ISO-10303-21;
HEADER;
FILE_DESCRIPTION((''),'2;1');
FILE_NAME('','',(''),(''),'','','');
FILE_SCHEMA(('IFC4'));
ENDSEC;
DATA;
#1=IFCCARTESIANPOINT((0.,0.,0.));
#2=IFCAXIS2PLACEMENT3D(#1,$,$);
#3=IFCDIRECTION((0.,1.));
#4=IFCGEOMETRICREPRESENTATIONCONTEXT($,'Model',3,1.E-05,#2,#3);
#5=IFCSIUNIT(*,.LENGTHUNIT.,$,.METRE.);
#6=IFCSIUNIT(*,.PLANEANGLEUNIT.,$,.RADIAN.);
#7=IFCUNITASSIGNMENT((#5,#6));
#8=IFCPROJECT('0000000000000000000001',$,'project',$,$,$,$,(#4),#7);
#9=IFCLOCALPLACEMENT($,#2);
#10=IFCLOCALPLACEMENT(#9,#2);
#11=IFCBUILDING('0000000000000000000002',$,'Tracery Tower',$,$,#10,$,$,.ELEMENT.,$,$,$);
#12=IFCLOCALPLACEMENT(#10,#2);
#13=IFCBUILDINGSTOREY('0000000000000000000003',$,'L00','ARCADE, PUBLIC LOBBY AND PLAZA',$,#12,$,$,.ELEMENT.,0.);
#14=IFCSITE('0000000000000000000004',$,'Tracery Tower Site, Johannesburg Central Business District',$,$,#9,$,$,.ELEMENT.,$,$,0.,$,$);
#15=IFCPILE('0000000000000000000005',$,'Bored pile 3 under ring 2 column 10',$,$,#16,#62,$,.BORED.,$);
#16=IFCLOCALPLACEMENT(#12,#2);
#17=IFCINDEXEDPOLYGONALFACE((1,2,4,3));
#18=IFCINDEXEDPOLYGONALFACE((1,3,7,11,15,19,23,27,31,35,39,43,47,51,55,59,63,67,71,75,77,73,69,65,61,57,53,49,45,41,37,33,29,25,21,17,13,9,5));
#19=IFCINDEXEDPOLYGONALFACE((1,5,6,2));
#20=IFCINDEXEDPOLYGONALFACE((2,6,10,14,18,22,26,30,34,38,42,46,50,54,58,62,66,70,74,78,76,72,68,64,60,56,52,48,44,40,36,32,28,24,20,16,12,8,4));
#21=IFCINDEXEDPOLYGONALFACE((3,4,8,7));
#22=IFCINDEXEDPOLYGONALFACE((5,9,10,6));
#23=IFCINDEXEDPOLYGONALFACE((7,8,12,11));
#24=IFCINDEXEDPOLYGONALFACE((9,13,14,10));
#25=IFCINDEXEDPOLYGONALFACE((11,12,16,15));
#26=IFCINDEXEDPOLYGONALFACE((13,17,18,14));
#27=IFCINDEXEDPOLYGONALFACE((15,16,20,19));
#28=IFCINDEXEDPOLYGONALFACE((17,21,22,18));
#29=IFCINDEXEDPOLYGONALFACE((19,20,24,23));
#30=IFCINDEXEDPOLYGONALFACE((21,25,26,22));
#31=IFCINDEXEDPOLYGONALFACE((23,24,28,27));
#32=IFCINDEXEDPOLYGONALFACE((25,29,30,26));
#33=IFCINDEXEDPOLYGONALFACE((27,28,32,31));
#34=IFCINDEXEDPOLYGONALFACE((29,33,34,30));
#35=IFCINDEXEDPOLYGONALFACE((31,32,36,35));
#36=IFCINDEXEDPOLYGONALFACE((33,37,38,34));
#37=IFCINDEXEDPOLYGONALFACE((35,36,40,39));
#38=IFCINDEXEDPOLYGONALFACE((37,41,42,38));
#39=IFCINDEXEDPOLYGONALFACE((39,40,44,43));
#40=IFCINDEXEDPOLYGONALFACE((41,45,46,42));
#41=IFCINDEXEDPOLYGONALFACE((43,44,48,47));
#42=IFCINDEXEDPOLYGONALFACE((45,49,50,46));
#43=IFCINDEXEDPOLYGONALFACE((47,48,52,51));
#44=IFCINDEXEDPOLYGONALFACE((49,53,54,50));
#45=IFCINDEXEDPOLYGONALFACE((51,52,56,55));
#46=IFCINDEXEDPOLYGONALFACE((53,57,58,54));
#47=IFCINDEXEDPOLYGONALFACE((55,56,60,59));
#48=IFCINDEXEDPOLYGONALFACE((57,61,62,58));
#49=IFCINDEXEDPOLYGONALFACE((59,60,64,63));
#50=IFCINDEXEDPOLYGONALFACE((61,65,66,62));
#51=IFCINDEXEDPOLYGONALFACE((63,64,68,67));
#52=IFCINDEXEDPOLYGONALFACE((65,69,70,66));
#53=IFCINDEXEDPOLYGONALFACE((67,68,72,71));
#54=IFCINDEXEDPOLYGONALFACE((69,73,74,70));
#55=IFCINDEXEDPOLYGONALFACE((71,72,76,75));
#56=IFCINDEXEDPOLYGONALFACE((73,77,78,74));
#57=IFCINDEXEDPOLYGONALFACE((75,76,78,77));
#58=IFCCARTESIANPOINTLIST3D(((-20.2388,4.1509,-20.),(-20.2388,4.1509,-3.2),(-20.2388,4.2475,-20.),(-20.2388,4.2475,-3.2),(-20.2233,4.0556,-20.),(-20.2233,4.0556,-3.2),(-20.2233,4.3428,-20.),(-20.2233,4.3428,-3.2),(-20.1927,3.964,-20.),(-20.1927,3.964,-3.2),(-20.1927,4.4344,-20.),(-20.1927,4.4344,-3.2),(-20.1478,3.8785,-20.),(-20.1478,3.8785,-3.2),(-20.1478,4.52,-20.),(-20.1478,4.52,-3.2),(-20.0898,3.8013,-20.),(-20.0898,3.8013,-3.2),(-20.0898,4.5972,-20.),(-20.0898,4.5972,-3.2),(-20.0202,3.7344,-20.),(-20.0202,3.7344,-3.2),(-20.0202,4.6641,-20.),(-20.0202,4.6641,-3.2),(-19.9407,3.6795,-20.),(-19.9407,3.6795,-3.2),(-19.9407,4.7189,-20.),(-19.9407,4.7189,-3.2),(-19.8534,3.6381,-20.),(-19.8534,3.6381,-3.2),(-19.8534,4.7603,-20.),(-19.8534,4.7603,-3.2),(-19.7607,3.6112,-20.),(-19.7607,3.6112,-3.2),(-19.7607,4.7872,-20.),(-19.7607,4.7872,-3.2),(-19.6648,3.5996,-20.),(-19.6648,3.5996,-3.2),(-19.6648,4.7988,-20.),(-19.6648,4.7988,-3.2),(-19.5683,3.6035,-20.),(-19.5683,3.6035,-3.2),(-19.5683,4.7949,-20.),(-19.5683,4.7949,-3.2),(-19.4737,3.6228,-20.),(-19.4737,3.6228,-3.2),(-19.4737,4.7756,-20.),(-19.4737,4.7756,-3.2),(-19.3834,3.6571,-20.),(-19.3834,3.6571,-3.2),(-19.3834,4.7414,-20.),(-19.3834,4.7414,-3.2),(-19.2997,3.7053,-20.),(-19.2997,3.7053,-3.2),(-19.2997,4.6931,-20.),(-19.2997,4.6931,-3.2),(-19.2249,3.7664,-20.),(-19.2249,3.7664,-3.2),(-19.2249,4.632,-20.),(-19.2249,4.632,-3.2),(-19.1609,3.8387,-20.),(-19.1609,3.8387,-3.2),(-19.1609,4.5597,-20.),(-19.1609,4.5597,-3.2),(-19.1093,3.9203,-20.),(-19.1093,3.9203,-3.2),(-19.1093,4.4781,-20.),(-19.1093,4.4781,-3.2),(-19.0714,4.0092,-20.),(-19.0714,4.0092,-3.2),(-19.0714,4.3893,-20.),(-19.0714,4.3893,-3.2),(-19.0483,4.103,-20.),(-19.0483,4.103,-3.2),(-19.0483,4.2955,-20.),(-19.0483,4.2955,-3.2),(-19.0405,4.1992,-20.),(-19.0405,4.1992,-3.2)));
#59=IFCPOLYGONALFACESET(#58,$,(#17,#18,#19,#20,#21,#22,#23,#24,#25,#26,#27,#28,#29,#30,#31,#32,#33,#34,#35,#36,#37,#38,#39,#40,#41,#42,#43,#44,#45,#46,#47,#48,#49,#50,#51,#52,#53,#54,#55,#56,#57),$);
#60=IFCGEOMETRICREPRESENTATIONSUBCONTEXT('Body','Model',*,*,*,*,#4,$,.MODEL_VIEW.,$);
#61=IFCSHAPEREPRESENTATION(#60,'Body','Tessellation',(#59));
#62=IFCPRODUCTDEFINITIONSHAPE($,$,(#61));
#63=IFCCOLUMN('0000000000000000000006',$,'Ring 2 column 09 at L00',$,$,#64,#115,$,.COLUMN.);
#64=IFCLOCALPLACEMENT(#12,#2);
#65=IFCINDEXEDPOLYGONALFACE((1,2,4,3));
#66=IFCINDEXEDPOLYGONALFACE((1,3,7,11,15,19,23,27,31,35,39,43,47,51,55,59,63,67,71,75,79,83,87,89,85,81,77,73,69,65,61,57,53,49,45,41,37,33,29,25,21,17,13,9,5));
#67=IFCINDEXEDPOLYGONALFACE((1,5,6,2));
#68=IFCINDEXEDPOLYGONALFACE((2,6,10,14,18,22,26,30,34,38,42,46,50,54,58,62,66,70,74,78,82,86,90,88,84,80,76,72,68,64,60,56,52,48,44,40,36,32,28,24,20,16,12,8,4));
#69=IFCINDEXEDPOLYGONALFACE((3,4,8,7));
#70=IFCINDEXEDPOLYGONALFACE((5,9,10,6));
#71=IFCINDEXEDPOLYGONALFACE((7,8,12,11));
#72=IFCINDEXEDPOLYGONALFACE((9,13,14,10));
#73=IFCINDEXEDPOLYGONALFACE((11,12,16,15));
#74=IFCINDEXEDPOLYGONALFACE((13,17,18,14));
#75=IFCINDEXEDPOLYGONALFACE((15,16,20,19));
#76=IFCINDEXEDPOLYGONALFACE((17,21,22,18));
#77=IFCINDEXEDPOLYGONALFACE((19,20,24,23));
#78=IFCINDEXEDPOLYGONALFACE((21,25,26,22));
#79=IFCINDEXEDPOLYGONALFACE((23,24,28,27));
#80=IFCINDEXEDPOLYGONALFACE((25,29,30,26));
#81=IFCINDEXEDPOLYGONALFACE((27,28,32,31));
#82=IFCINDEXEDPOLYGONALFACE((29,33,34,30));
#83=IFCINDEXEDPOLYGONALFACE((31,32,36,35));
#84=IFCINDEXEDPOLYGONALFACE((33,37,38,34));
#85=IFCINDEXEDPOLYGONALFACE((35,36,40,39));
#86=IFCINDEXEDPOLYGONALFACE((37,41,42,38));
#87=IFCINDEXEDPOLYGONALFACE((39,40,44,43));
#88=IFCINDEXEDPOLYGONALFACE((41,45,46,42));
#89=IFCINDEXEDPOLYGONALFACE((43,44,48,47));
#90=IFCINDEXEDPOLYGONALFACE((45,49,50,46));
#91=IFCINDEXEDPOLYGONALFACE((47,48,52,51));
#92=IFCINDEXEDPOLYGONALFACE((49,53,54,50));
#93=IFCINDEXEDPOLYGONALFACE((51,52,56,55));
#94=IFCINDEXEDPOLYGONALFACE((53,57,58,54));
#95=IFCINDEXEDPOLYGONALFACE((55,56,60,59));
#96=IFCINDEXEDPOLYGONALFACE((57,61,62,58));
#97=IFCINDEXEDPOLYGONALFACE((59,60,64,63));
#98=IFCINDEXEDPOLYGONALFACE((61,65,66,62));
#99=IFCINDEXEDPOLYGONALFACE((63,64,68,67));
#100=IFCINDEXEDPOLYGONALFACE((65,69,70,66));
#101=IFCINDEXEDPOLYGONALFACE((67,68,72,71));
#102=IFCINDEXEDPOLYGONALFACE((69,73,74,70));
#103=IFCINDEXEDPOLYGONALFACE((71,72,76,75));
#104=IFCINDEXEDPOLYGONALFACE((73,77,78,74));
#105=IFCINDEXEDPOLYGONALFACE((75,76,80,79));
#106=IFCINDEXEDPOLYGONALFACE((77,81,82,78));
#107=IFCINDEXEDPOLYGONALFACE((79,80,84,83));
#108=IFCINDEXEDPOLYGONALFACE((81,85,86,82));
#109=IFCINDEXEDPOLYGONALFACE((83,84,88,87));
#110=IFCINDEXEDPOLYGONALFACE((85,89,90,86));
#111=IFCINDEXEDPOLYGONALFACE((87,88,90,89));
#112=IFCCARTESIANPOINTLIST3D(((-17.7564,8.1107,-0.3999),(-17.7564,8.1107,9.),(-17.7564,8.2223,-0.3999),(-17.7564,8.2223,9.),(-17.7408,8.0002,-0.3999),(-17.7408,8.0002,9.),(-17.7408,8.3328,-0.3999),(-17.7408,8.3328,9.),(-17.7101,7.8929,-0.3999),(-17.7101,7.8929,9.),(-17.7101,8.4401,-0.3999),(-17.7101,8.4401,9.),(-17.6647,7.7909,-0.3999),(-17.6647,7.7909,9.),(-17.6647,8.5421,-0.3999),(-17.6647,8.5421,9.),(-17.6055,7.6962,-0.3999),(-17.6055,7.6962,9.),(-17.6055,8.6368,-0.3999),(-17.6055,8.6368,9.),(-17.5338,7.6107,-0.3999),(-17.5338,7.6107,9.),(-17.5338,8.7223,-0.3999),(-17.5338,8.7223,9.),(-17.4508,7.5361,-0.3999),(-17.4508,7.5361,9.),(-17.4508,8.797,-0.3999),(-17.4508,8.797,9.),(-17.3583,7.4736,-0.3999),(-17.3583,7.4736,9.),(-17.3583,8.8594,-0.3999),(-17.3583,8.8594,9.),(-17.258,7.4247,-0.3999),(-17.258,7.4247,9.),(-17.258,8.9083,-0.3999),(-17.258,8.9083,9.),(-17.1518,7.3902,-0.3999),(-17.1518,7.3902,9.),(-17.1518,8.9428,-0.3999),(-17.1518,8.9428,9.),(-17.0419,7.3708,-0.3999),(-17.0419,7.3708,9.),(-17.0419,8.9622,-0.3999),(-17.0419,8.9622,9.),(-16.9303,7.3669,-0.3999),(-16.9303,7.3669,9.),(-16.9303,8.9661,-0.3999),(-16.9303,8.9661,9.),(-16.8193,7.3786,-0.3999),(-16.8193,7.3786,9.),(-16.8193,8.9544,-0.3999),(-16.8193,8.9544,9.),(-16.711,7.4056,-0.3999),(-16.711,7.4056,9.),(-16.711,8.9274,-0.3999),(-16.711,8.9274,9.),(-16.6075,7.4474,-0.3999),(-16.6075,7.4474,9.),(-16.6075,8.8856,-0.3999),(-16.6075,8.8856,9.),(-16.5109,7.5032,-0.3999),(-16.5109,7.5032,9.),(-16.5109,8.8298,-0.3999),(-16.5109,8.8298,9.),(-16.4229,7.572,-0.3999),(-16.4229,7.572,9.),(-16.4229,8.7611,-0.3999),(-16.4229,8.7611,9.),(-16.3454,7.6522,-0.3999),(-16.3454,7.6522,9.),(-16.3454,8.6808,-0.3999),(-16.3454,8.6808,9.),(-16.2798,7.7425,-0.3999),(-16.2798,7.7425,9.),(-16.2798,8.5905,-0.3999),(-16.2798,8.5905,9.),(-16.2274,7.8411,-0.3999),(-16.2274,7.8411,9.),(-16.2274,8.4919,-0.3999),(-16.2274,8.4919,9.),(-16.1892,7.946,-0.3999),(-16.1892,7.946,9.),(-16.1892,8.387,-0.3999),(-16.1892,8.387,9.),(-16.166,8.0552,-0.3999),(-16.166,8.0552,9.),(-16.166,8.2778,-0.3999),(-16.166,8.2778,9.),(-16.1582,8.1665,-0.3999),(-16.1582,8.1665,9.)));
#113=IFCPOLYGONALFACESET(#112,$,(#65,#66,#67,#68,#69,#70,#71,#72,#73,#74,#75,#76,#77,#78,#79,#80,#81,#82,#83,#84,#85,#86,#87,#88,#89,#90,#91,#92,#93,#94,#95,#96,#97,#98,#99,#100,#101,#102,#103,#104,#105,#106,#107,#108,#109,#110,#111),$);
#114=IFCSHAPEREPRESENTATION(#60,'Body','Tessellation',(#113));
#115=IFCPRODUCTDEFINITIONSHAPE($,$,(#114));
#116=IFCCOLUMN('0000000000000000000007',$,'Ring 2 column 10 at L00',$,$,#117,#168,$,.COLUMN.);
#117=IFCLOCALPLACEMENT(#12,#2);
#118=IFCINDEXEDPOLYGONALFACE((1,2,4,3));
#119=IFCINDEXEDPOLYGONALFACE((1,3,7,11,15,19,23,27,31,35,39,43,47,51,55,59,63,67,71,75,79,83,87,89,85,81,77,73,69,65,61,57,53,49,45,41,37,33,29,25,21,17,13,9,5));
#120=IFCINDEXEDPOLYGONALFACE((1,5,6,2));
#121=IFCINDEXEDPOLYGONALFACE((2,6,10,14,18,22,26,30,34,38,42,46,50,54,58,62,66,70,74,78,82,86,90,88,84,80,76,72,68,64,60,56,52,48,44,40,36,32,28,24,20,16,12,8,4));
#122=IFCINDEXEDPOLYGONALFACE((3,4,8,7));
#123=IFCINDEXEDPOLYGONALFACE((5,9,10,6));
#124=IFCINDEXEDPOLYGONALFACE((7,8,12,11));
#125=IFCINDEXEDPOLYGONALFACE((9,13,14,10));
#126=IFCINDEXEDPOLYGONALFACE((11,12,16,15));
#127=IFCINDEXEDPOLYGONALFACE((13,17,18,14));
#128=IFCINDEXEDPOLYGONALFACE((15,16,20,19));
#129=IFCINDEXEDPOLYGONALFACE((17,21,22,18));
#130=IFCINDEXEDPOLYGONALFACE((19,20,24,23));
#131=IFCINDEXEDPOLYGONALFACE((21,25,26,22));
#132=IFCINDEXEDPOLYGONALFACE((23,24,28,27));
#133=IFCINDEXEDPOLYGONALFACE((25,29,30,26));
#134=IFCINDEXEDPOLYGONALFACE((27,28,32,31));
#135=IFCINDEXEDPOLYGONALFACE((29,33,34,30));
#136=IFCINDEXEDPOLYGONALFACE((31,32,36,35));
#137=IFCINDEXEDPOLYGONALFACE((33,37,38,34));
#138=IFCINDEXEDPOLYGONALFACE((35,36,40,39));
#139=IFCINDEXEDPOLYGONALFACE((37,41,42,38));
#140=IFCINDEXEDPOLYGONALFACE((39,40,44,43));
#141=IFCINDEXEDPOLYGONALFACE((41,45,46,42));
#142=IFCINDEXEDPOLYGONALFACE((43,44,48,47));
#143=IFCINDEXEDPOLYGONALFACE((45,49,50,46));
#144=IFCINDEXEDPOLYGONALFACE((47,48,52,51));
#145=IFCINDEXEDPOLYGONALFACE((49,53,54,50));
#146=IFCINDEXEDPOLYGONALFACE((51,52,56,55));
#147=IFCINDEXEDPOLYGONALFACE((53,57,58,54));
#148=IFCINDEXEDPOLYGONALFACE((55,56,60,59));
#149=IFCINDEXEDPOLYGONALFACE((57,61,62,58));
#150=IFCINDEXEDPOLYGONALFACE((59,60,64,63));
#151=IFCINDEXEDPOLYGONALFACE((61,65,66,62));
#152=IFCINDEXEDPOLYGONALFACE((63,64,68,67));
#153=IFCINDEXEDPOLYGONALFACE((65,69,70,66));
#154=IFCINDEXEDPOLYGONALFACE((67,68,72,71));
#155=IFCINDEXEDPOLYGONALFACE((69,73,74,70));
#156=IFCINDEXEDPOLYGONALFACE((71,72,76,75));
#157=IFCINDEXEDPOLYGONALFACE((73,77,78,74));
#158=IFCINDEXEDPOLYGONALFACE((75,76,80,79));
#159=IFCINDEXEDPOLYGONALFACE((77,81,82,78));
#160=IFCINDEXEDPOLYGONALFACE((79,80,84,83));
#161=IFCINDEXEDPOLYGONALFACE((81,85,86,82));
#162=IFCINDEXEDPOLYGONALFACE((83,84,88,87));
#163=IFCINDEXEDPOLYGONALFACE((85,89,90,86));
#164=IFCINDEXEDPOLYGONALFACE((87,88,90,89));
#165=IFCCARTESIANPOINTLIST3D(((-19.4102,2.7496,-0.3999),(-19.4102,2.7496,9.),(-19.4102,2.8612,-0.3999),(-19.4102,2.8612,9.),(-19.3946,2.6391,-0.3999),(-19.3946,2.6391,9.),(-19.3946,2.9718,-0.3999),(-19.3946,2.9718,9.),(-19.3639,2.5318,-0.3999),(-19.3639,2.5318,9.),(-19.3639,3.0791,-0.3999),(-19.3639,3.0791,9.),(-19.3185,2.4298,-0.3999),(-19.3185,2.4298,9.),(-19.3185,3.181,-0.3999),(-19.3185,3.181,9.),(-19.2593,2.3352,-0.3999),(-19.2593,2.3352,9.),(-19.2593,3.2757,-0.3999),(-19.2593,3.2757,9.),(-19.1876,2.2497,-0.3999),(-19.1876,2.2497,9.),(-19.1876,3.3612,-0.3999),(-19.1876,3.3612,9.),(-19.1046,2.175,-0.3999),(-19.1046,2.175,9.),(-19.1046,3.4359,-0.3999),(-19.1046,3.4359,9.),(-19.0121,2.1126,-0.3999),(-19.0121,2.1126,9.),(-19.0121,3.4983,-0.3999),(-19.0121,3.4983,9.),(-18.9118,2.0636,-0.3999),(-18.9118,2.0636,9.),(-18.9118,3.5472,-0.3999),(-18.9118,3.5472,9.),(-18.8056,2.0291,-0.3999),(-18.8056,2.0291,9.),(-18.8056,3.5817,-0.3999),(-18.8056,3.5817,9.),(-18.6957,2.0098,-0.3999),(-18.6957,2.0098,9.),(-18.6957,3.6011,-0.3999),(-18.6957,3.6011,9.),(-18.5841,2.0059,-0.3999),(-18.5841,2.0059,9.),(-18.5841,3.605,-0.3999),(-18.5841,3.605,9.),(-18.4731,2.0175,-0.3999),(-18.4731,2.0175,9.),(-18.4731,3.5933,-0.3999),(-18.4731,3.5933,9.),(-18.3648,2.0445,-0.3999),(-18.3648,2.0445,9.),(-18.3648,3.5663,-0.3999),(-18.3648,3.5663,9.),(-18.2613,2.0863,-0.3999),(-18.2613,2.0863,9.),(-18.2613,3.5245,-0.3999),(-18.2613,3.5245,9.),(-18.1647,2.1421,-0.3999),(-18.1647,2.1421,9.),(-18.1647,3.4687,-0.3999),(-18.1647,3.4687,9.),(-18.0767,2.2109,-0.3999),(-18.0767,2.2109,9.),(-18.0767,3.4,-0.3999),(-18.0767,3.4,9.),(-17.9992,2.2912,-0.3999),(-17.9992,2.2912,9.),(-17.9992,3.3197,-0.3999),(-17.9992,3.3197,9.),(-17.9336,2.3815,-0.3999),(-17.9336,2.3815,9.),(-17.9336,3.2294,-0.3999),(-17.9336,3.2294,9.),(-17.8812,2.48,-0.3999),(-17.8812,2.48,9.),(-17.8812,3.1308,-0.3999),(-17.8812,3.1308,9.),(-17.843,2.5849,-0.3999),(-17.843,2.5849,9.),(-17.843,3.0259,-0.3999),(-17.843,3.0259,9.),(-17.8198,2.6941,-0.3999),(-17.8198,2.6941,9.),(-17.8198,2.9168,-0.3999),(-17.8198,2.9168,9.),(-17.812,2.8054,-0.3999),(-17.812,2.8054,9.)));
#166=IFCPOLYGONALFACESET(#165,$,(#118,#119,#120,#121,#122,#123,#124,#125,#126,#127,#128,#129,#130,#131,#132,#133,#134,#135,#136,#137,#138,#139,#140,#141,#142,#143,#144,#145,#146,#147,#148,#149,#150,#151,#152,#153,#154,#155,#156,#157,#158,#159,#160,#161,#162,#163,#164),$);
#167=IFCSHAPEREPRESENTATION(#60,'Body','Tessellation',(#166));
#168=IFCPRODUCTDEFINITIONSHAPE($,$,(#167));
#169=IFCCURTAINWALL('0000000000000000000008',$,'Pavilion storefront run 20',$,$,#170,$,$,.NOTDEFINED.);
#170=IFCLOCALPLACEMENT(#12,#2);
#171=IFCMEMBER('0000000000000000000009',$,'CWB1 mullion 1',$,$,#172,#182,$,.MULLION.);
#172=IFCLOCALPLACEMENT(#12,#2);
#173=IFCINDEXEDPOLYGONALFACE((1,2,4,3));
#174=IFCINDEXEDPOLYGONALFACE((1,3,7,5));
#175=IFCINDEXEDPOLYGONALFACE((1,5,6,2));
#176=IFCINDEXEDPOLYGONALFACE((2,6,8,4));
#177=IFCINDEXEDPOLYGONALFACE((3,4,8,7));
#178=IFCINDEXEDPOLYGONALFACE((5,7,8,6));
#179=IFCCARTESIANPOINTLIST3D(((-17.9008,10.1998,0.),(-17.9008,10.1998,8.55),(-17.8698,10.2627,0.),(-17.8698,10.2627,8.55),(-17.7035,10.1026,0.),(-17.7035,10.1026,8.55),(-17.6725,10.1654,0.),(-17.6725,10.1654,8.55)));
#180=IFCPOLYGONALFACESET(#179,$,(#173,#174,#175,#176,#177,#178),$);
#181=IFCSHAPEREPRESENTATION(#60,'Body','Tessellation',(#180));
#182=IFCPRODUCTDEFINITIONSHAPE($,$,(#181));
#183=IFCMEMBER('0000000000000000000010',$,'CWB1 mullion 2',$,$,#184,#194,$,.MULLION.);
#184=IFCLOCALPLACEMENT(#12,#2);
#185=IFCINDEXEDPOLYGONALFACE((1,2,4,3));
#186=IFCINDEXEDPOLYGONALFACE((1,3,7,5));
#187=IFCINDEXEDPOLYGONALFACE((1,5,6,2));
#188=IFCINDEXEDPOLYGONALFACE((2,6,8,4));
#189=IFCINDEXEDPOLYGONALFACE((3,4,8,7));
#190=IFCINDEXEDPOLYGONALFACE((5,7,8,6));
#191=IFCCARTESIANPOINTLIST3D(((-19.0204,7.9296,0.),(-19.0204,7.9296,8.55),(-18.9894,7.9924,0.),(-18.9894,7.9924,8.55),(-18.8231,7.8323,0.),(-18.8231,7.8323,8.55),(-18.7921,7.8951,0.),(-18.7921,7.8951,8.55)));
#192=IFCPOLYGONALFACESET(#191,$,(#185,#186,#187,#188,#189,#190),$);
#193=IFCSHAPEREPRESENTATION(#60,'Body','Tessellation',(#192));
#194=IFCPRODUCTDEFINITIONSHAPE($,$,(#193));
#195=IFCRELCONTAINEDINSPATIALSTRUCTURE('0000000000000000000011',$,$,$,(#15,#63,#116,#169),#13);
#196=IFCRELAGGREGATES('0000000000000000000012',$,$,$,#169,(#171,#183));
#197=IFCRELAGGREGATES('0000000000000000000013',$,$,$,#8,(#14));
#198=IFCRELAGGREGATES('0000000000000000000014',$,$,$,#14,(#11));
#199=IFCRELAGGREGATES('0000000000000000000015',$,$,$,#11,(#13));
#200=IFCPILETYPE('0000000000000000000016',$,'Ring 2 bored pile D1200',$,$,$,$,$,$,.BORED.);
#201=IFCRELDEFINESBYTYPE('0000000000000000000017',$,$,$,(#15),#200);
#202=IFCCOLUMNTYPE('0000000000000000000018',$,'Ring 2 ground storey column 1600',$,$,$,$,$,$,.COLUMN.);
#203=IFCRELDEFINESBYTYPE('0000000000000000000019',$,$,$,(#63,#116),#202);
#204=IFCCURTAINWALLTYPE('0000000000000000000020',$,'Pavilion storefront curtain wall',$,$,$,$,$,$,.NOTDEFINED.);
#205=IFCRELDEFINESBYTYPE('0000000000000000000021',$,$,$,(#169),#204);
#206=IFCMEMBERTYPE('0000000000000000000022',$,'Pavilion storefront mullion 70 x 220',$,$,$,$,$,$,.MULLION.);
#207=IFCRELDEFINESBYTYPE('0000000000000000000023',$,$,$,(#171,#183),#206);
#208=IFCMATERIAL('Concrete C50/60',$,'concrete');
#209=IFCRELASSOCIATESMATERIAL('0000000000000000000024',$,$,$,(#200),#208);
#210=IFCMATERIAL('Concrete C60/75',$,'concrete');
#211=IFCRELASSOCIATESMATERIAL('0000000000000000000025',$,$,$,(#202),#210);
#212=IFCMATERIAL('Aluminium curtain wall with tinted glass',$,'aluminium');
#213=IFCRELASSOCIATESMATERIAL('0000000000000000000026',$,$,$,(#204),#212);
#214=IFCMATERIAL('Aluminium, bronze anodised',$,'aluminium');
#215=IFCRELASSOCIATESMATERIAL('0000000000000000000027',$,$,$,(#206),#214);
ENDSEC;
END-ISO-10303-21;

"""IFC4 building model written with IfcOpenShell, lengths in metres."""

from ifc_helpers import new_model, si_unit, direction, frame, origin, origin_2d, place, context, subcontext, project, spatial, rectangle, circle, extrude, material, material_profile, profile_set, type_object, element, aggregate, save


model = new_model("IFC4")

# Units and contexts
model_context = context("Model", 3, precision=1e-05, world=origin(), true_north=direction((0.0, 1.0)))
body_context = subcontext(model_context, "Body", "Model", "MODEL_VIEW")
ifc_project = project(units=[si_unit("LENGTHUNIT", "METRE"), si_unit("PLANEANGLEUNIT", "RADIAN")], contexts=[model_context])

# Site, building, storey
site_placement = place(None, origin())
site = spatial("IfcSite", under=ifc_project, at=site_placement, Name="Tracery Tower Site, Johannesburg Central Business District", CompositionType="ELEMENT", RefElevation=0.0)
building_placement = place(site_placement, origin())
building = spatial("IfcBuilding", under=site, at=building_placement, Name="Tracery Tower", CompositionType="ELEMENT")
storey_placement = place(building_placement, origin())
storey = spatial("IfcBuildingStorey", under=building, at=storey_placement, Name="L00", Description="ARCADE, PUBLIC LOBBY AND PLAZA", CompositionType="ELEMENT", Elevation=0.0)

# Pile
ifc_material_1 = material(Name="Concrete C50/60", Category="concrete")
ifc_material_profile_1 = material_profile(ifc_material_1, circle(Radius=0.6001, at=origin_2d()), Name="RC D1200")
ifc_profile_set_1 = profile_set([ifc_material_profile_1], Name="Concrete C50/60")
pile_type_1 = type_object("IfcPileType", Name="Ring 2 bored pile D1200", PredefinedType="BORED", material=ifc_profile_set_1)
for number, where, z_axis, x_axis, name in (
    (1, (-19.6406, 4.1992, -3.2), (0.0, 0.0, -1.0), (1.0, 0.0, 0.0), "Bored pile 3 under ring 2 column 10"),
):
    element("IfcPile", number, at=place(storey_placement, frame(where, z_axis=z_axis, x_axis=x_axis)), inside=storey, type_object=pile_type_1, Name=name, PredefinedType="BORED", context=body_context, shape_type="SweptSolid", body=[
        extrude(circle(Radius=0.6001, at=origin_2d()), origin(), (0.0, 0.0, 1.0), 16.8),
    ])

# Columns
ifc_material_2 = material(Name="Concrete C60/75", Category="concrete")
ifc_material_profile_2 = material_profile(ifc_material_2, circle(Radius=0.8, at=origin_2d()), Name="RC D1600")
ifc_profile_set_2 = profile_set([ifc_material_profile_2], Name="Concrete C60/75")
column_type = type_object("IfcColumnType", Name="Ring 2 ground storey column 1600", PredefinedType="COLUMN", material=ifc_profile_set_2)
for number, where, z_axis, x_axis, name in (
    (2, (-16.9583, 8.1665, -0.3999), (0.0, 0.0, 1.0), (1.0, 0.0, 0.0), "Ring 2 column 09 at L00"),
    (3, (-18.6121, 2.8054, -0.3999), (0.0, 0.0, 1.0), (1.0, 0.0, 0.0), "Ring 2 column 10 at L00"),
):
    element("IfcColumn", number, at=place(storey_placement, frame(where, z_axis=z_axis, x_axis=x_axis)), inside=storey, type_object=column_type, Name=name, PredefinedType="COLUMN", context=body_context, shape_type="SweptSolid", body=[
        extrude(circle(Radius=0.8, at=origin_2d()), origin(), (0.0, 0.0, 1.0), 9.3999),
    ])

# Curtain wall, members
ifc_material_3 = material(Name="Aluminium curtain wall with tinted glass", Category="aluminium")
curtain_wall_type = type_object("IfcCurtainWallType", Name="Pavilion storefront curtain wall", PredefinedType="NOTDEFINED", material=ifc_material_3)
curtain_wall_1_placement = place(storey_placement, origin())
curtain_wall_1 = element("IfcCurtainWall", 4, at=curtain_wall_1_placement, inside=storey, type_object=curtain_wall_type, Name="Pavilion storefront run 20", PredefinedType="NOTDEFINED")
ifc_material_4 = material(Name="Aluminium, bronze anodised", Category="aluminium")
ifc_material_profile_3 = material_profile(ifc_material_4, rectangle(XDim=0.22, YDim=0.0701, at=origin_2d()), Name="Pavilion storefront mullion 70 x 220")
ifc_profile_set_3 = profile_set([ifc_material_profile_3], Name="Aluminium, bronze anodised")
member_type_1 = type_object("IfcMemberType", Name="Pavilion storefront mullion 70 x 220", PredefinedType="MULLION", material=ifc_profile_set_3)
member_1_placement = place(storey_placement, frame((-17.7866, 10.1826, 0.0), z_axis=(0.0, 0.0, 1.0), x_axis=(0.896874, -0.442287, 0.0)))
member_1 = element("IfcMember", 5, at=member_1_placement, type_object=member_type_1, Name="CWB1 mullion 1", PredefinedType="MULLION", context=body_context, shape_type="SweptSolid", body=[
    extrude(rectangle(XDim=0.22, YDim=0.0701, at=origin_2d()), origin(), (0.0, 0.0, 1.0), 8.55),
])
member_2_placement = place(storey_placement, frame((-18.9062, 7.9124, 0.0), z_axis=(0.0, 0.0, 1.0), x_axis=(0.896874, -0.442287, 0.0)))
member_2 = element("IfcMember", 6, at=member_2_placement, type_object=member_type_1, Name="CWB1 mullion 2", PredefinedType="MULLION", context=body_context, shape_type="SweptSolid", body=[
    extrude(rectangle(XDim=0.22, YDim=0.0701, at=origin_2d()), origin(), (0.0, 0.0, 1.0), 8.55),
])

aggregate(curtain_wall_1, [member_1, member_2])

save(model, "model.ifc")
